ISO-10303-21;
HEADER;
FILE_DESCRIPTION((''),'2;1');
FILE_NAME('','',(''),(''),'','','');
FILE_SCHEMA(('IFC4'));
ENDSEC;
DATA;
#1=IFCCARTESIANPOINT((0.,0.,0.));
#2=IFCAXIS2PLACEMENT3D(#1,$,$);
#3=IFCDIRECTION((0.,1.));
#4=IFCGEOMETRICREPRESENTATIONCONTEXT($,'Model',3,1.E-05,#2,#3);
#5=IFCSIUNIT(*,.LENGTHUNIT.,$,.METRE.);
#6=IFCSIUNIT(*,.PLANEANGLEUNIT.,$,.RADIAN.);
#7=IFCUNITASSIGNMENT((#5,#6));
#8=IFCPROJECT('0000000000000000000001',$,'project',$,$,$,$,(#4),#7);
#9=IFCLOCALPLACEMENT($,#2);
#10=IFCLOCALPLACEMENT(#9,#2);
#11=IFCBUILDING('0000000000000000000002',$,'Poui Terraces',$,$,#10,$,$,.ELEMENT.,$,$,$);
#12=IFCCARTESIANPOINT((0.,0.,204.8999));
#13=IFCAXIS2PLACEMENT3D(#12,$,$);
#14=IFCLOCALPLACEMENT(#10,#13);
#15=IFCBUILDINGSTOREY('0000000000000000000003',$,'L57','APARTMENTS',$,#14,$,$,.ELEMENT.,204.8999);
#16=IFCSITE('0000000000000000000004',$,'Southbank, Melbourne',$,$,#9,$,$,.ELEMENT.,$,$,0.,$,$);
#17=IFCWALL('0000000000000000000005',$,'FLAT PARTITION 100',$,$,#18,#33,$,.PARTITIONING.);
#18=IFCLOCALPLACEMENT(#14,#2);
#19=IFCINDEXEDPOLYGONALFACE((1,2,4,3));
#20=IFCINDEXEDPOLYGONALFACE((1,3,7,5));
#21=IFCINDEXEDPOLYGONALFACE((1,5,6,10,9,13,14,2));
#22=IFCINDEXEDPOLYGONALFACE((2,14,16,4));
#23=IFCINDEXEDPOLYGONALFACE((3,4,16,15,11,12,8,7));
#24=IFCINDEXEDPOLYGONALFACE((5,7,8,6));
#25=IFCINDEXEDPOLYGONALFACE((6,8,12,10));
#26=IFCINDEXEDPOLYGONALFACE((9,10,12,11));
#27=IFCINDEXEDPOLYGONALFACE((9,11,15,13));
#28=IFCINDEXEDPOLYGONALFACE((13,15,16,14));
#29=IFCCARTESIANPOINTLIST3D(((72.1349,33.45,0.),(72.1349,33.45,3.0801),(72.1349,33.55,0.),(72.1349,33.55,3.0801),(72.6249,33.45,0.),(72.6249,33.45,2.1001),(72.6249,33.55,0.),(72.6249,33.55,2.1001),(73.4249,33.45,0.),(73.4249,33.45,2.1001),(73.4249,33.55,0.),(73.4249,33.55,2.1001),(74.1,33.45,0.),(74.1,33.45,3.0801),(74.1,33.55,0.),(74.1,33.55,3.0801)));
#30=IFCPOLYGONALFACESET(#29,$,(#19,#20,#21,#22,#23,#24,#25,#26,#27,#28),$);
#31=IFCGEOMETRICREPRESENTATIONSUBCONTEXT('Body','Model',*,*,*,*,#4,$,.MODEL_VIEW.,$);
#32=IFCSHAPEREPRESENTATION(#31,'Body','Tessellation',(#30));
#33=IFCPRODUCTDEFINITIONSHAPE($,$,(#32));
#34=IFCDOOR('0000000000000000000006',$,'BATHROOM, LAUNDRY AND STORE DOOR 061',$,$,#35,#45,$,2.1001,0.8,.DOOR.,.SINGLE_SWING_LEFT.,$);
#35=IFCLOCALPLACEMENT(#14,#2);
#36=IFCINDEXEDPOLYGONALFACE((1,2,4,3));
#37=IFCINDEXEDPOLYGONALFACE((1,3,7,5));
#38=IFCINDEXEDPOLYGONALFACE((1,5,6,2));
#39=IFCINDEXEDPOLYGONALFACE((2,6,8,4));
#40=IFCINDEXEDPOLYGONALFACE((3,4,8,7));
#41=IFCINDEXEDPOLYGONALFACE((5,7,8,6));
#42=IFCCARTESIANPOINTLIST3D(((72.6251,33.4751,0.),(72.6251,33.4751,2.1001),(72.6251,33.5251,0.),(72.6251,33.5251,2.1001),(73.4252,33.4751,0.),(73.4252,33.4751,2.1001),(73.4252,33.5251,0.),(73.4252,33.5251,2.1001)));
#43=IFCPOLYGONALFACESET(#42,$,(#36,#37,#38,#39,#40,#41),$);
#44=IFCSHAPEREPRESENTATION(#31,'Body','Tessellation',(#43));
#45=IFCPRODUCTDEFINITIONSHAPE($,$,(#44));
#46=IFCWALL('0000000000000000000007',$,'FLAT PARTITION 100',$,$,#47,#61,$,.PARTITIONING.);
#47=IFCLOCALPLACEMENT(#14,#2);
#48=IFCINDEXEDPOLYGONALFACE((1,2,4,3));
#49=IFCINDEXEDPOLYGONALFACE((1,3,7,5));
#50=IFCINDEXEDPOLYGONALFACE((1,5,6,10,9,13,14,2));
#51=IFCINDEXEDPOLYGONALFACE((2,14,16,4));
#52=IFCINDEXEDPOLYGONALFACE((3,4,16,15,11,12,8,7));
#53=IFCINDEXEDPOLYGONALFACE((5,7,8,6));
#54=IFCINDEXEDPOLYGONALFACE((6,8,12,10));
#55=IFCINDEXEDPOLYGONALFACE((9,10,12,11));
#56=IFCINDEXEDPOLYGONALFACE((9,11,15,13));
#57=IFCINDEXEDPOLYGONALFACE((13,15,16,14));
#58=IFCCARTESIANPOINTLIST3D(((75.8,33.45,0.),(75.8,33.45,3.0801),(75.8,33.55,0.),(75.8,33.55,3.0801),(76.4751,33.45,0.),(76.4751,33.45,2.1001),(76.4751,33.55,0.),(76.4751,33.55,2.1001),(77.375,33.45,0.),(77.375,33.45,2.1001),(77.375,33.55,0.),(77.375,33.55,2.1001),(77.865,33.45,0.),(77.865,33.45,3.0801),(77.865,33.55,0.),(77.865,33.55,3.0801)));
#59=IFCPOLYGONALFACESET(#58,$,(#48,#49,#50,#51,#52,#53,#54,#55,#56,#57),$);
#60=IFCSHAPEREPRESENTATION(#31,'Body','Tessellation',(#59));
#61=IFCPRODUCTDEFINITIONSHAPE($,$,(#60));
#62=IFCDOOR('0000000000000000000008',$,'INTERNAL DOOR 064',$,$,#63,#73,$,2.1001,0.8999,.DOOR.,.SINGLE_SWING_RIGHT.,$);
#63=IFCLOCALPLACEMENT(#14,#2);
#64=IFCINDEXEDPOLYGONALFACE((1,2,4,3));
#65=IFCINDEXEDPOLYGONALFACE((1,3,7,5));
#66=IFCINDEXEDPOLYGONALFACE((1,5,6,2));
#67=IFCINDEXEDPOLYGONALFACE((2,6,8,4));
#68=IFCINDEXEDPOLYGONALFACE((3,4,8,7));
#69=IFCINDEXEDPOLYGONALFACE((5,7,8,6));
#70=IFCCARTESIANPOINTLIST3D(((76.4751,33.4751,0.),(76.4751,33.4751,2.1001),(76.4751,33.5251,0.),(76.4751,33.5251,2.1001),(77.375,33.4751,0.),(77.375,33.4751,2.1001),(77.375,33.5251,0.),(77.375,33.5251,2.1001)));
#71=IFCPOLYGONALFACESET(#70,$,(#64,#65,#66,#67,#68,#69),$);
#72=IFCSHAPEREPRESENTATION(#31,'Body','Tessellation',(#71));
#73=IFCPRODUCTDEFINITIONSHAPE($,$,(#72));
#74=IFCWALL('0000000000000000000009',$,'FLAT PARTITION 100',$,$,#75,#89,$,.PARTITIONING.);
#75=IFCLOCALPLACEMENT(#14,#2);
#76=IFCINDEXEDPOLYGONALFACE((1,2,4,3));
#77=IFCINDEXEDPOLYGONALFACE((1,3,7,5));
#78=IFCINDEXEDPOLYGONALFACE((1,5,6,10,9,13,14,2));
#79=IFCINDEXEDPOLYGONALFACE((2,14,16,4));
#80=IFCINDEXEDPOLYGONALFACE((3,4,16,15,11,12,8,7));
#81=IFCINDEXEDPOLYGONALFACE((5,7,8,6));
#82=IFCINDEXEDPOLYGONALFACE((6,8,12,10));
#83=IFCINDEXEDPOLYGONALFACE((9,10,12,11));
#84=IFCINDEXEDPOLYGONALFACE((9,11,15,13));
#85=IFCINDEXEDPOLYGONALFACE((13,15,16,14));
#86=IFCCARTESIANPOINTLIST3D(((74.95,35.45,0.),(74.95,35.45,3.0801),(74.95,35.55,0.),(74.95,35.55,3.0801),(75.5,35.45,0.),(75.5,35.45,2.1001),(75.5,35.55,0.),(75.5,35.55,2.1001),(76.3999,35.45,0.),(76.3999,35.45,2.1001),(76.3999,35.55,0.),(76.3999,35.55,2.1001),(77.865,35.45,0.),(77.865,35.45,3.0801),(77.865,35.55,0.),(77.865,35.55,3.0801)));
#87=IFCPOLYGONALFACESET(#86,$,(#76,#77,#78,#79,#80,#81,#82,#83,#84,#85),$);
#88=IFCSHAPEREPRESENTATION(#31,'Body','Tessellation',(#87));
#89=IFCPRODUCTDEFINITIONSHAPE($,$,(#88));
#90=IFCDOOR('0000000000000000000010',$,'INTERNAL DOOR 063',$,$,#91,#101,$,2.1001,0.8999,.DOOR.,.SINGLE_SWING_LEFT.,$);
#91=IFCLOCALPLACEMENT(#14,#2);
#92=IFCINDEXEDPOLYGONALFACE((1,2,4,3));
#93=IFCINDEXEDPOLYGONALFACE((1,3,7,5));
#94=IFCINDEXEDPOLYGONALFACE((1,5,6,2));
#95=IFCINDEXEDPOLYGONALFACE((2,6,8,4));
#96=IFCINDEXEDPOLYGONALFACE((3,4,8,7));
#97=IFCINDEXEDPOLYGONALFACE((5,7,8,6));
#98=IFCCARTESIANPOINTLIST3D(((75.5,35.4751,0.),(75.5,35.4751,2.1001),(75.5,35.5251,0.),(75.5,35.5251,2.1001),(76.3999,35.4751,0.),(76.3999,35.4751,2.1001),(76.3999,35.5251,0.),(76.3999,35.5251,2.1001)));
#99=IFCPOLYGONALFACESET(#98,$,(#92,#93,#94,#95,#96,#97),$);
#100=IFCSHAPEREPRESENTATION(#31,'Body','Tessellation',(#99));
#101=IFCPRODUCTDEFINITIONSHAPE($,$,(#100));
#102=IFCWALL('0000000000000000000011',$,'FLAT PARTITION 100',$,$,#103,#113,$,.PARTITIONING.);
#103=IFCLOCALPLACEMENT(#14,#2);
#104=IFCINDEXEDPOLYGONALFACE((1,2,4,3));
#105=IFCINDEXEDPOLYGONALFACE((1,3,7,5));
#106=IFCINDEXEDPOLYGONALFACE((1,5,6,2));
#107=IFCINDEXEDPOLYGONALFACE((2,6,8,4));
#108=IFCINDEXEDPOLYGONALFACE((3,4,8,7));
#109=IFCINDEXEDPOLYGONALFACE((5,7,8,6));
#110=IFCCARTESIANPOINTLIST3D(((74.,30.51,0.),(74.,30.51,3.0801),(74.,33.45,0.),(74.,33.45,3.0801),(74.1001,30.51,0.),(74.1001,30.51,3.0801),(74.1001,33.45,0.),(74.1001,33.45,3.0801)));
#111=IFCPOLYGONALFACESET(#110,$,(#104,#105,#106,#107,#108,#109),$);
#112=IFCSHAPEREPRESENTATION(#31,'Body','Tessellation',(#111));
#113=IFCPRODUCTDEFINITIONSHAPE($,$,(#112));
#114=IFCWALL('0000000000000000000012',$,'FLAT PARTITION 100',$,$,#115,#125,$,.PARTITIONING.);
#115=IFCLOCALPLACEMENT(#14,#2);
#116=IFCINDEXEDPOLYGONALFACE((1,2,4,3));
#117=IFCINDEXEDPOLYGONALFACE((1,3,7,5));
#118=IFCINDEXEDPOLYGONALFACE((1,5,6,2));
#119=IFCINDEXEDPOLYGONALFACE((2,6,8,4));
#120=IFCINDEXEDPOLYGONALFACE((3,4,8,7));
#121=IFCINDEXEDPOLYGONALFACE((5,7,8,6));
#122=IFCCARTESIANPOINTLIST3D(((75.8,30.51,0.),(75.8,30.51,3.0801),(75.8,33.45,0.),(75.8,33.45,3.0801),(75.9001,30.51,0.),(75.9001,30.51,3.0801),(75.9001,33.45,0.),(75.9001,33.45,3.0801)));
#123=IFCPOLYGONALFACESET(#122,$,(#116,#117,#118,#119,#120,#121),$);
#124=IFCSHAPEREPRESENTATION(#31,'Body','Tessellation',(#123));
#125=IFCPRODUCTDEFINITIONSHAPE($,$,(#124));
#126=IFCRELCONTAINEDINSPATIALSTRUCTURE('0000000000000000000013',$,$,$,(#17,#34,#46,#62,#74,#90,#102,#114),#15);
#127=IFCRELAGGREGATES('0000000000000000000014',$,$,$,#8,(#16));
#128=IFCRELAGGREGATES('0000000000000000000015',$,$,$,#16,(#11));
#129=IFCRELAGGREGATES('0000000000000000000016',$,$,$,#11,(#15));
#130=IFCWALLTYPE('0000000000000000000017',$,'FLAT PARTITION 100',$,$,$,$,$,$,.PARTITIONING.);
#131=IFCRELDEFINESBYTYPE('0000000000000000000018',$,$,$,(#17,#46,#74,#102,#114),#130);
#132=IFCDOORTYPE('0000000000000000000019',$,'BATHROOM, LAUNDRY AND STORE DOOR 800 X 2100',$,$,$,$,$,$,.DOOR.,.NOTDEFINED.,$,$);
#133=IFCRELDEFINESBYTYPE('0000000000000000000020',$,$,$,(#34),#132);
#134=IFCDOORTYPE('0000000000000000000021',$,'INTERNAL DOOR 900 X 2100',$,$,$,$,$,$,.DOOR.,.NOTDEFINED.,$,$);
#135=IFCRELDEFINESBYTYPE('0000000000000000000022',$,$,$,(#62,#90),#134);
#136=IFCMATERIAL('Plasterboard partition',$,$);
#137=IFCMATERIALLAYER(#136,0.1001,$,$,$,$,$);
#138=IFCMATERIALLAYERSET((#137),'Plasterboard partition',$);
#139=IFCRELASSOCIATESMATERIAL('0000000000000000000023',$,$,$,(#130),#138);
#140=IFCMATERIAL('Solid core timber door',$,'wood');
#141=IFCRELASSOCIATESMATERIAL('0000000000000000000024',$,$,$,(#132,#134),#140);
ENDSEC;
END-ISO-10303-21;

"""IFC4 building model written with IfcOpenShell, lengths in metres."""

from ifc_helpers import new_model, si_unit, direction, frame, frame_2d, origin, place, context, subcontext, project, spatial, rectangle, extrude, material, layer, layer_set, type_object, element, fill, save


model = new_model("IFC4")

# Units and contexts
model_context = context("Model", 3, precision=1e-05, world=origin(), true_north=direction((0.0, 1.0)))
body_context = subcontext(model_context, "Body", "Model", "MODEL_VIEW")
ifc_project = project(units=[si_unit("LENGTHUNIT", "METRE"), si_unit("PLANEANGLEUNIT", "RADIAN")], contexts=[model_context])

# Site, building, storey
site_placement = place(None, origin())
site = spatial("IfcSite", under=ifc_project, at=site_placement, Name="Southbank, Melbourne", CompositionType="ELEMENT", RefElevation=0.0)
building_placement = place(site_placement, origin())
building = spatial("IfcBuilding", under=site, at=building_placement, Name="Poui Terraces", CompositionType="ELEMENT")
storey_placement = place(building_placement, frame((0.0, 0.0, 204.8999)))
storey = spatial("IfcBuildingStorey", under=building, at=storey_placement, Name="L57", Description="APARTMENTS", CompositionType="ELEMENT", Elevation=204.8999)

# Walls, openings, doors
ifc_material_1 = material(Name="Plasterboard partition")
ifc_layer = layer(ifc_material_1, 0.1001)
ifc_layer_set = layer_set([ifc_layer], Name="Plasterboard partition")
wall_type = type_object("IfcWallType", Name="FLAT PARTITION 100", PredefinedType="PARTITIONING", material=ifc_layer_set)
wall_1_placement = place(storey_placement, frame((72.135, 33.5, 0.0), z_axis=(0.0, 0.0, 1.0), x_axis=(1.0, 0.0, 0.0)))
wall_1 = element("IfcWall", 1, at=wall_1_placement, inside=storey, type_object=wall_type, Name="FLAT PARTITION 100", PredefinedType="PARTITIONING", context=body_context, shape_type="SweptSolid", body=[
    extrude(rectangle(XDim=1.9651, YDim=0.1001, at=frame_2d((0.9824, 0.0))), origin(), (0.0, 0.0, 1.0), 3.0801),
])
opening_1_placement = place(wall_1_placement, frame((0.49, 0.0, 0.0)))
opening_1 = element("IfcOpeningElement", 2, at=opening_1_placement, cuts=wall_1, PredefinedType="OPENING", context=body_context, shape_type="SweptSolid", body=[
    extrude(rectangle(XDim=0.8, YDim=2.1001, at=frame_2d((0.3999, 1.05))), frame((0.0, 0.0601, 0.0), z_axis=(0.0, -1.0, 0.0), x_axis=(1.0, 0.0, 0.0)), (0.0, 0.0, 1.0), 0.1201),
])
ifc_material_2 = material(Name="Solid core timber door", Category="wood")
door_type_1 = type_object("IfcDoorType", Name="BATHROOM, LAUNDRY AND STORE DOOR 800 X 2100", OperationType="NOTDEFINED", PredefinedType="DOOR", material=ifc_material_2)
door_1_placement = place(opening_1_placement, frame((0.8, 0.0, 0.0), z_axis=(0.0, 0.0, 1.0), x_axis=(-1.0, 0.0, 0.0)))
door_1 = element("IfcDoor", 3, at=door_1_placement, inside=storey, type_object=door_type_1, Name="BATHROOM, LAUNDRY AND STORE DOOR 061", OperationType="SINGLE_SWING_LEFT", OverallHeight=2.1001, OverallWidth=0.8, PredefinedType="DOOR", context=body_context, shape_type="SweptSolid", body=[
    extrude(rectangle(XDim=0.8, YDim=2.1001, at=frame_2d((0.3999, 1.05))), frame((0.0, 0.0249, 0.0), z_axis=(0.0, -1.0, 0.0), x_axis=(1.0, 0.0, 0.0)), (0.0, 0.0, 1.0), 0.05),
])
fill(opening_1, door_1)
wall_2_placement = place(storey_placement, frame((75.8, 33.5, 0.0), z_axis=(0.0, 0.0, 1.0), x_axis=(1.0, 0.0, 0.0)))
wall_2 = element("IfcWall", 4, at=wall_2_placement, inside=storey, type_object=wall_type, Name="FLAT PARTITION 100", PredefinedType="PARTITIONING", context=body_context, shape_type="SweptSolid", body=[
    extrude(rectangle(XDim=2.0649, YDim=0.1001, at=frame_2d((1.0325, 0.0))), origin(), (0.0, 0.0, 1.0), 3.0801),
])
opening_2_placement = place(wall_2_placement, frame((0.675, 0.0, 0.0)))
opening_2 = element("IfcOpeningElement", 5, at=opening_2_placement, cuts=wall_2, PredefinedType="OPENING", context=body_context, shape_type="SweptSolid", body=[
    extrude(rectangle(XDim=0.8999, YDim=2.1001, at=frame_2d((0.45, 1.05))), frame((0.0, 0.0601, 0.0), z_axis=(0.0, -1.0, 0.0), x_axis=(1.0, 0.0, 0.0)), (0.0, 0.0, 1.0), 0.1201),
])
door_type_2 = type_object("IfcDoorType", Name="INTERNAL DOOR 900 X 2100", OperationType="NOTDEFINED", PredefinedType="DOOR", material=ifc_material_2)
door_2_placement = place(opening_2_placement, frame((0.8999, 0.0, 0.0), z_axis=(0.0, 0.0, 1.0), x_axis=(-1.0, 0.0, 0.0)))
door_2 = element("IfcDoor", 6, at=door_2_placement, inside=storey, type_object=door_type_2, Name="INTERNAL DOOR 064", OperationType="SINGLE_SWING_RIGHT", OverallHeight=2.1001, OverallWidth=0.8999, PredefinedType="DOOR", context=body_context, shape_type="SweptSolid", body=[
    extrude(rectangle(XDim=0.8999, YDim=2.1001, at=frame_2d((0.45, 1.05))), frame((0.0, 0.0249, 0.0), z_axis=(0.0, -1.0, 0.0), x_axis=(1.0, 0.0, 0.0)), (0.0, 0.0, 1.0), 0.05),
])
fill(opening_2, door_2)
wall_3_placement = place(storey_placement, frame((74.95, 35.5, 0.0), z_axis=(0.0, 0.0, 1.0), x_axis=(1.0, 0.0, 0.0)))
wall_3 = element("IfcWall", 7, at=wall_3_placement, inside=storey, type_object=wall_type, Name="FLAT PARTITION 100", PredefinedType="PARTITIONING", context=body_context, shape_type="SweptSolid", body=[
    extrude(rectangle(XDim=2.915, YDim=0.1001, at=frame_2d((1.4575, 0.0))), origin(), (0.0, 0.0, 1.0), 3.0801),
])
opening_3_placement = place(wall_3_placement, frame((0.55, 0.0, 0.0)))
opening_3 = element("IfcOpeningElement", 8, at=opening_3_placement, cuts=wall_3, PredefinedType="OPENING", context=body_context, shape_type="SweptSolid", body=[
    extrude(rectangle(XDim=0.8999, YDim=2.1001, at=frame_2d((0.45, 1.05))), frame((0.0, 0.0601, 0.0), z_axis=(0.0, -1.0, 0.0), x_axis=(1.0, 0.0, 0.0)), (0.0, 0.0, 1.0), 0.1201),
])
door_3_placement = place(opening_3_placement, frame((0.8999, 0.0, 0.0), z_axis=(0.0, 0.0, 1.0), x_axis=(-1.0, 0.0, 0.0)))
door_3 = element("IfcDoor", 9, at=door_3_placement, inside=storey, type_object=door_type_2, Name="INTERNAL DOOR 063", OperationType="SINGLE_SWING_LEFT", OverallHeight=2.1001, OverallWidth=0.8999, PredefinedType="DOOR", context=body_context, shape_type="SweptSolid", body=[
    extrude(rectangle(XDim=0.8999, YDim=2.1001, at=frame_2d((0.45, 1.05))), frame((0.0, 0.0249, 0.0), z_axis=(0.0, -1.0, 0.0), x_axis=(1.0, 0.0, 0.0)), (0.0, 0.0, 1.0), 0.05),
])
fill(opening_3, door_3)

# Walls
for number, where, z_axis, x_axis, name in (
    (10, (74.05, 30.51, 0.0), (0.0, 0.0, 1.0), (0.0, 1.0, 0.0), "FLAT PARTITION 100"),
    (11, (75.8501, 30.51, 0.0), (0.0, 0.0, 1.0), (0.0, 1.0, 0.0), "FLAT PARTITION 100"),
):
    element("IfcWall", number, at=place(storey_placement, frame(where, z_axis=z_axis, x_axis=x_axis)), inside=storey, type_object=wall_type, Name=name, PredefinedType="PARTITIONING", context=body_context, shape_type="SweptSolid", body=[
        extrude(rectangle(XDim=2.9399, YDim=0.1001, at=frame_2d((1.47, 0.0))), origin(), (0.0, 0.0, 1.0), 3.0801),
    ])

save(model, "model.ifc")
